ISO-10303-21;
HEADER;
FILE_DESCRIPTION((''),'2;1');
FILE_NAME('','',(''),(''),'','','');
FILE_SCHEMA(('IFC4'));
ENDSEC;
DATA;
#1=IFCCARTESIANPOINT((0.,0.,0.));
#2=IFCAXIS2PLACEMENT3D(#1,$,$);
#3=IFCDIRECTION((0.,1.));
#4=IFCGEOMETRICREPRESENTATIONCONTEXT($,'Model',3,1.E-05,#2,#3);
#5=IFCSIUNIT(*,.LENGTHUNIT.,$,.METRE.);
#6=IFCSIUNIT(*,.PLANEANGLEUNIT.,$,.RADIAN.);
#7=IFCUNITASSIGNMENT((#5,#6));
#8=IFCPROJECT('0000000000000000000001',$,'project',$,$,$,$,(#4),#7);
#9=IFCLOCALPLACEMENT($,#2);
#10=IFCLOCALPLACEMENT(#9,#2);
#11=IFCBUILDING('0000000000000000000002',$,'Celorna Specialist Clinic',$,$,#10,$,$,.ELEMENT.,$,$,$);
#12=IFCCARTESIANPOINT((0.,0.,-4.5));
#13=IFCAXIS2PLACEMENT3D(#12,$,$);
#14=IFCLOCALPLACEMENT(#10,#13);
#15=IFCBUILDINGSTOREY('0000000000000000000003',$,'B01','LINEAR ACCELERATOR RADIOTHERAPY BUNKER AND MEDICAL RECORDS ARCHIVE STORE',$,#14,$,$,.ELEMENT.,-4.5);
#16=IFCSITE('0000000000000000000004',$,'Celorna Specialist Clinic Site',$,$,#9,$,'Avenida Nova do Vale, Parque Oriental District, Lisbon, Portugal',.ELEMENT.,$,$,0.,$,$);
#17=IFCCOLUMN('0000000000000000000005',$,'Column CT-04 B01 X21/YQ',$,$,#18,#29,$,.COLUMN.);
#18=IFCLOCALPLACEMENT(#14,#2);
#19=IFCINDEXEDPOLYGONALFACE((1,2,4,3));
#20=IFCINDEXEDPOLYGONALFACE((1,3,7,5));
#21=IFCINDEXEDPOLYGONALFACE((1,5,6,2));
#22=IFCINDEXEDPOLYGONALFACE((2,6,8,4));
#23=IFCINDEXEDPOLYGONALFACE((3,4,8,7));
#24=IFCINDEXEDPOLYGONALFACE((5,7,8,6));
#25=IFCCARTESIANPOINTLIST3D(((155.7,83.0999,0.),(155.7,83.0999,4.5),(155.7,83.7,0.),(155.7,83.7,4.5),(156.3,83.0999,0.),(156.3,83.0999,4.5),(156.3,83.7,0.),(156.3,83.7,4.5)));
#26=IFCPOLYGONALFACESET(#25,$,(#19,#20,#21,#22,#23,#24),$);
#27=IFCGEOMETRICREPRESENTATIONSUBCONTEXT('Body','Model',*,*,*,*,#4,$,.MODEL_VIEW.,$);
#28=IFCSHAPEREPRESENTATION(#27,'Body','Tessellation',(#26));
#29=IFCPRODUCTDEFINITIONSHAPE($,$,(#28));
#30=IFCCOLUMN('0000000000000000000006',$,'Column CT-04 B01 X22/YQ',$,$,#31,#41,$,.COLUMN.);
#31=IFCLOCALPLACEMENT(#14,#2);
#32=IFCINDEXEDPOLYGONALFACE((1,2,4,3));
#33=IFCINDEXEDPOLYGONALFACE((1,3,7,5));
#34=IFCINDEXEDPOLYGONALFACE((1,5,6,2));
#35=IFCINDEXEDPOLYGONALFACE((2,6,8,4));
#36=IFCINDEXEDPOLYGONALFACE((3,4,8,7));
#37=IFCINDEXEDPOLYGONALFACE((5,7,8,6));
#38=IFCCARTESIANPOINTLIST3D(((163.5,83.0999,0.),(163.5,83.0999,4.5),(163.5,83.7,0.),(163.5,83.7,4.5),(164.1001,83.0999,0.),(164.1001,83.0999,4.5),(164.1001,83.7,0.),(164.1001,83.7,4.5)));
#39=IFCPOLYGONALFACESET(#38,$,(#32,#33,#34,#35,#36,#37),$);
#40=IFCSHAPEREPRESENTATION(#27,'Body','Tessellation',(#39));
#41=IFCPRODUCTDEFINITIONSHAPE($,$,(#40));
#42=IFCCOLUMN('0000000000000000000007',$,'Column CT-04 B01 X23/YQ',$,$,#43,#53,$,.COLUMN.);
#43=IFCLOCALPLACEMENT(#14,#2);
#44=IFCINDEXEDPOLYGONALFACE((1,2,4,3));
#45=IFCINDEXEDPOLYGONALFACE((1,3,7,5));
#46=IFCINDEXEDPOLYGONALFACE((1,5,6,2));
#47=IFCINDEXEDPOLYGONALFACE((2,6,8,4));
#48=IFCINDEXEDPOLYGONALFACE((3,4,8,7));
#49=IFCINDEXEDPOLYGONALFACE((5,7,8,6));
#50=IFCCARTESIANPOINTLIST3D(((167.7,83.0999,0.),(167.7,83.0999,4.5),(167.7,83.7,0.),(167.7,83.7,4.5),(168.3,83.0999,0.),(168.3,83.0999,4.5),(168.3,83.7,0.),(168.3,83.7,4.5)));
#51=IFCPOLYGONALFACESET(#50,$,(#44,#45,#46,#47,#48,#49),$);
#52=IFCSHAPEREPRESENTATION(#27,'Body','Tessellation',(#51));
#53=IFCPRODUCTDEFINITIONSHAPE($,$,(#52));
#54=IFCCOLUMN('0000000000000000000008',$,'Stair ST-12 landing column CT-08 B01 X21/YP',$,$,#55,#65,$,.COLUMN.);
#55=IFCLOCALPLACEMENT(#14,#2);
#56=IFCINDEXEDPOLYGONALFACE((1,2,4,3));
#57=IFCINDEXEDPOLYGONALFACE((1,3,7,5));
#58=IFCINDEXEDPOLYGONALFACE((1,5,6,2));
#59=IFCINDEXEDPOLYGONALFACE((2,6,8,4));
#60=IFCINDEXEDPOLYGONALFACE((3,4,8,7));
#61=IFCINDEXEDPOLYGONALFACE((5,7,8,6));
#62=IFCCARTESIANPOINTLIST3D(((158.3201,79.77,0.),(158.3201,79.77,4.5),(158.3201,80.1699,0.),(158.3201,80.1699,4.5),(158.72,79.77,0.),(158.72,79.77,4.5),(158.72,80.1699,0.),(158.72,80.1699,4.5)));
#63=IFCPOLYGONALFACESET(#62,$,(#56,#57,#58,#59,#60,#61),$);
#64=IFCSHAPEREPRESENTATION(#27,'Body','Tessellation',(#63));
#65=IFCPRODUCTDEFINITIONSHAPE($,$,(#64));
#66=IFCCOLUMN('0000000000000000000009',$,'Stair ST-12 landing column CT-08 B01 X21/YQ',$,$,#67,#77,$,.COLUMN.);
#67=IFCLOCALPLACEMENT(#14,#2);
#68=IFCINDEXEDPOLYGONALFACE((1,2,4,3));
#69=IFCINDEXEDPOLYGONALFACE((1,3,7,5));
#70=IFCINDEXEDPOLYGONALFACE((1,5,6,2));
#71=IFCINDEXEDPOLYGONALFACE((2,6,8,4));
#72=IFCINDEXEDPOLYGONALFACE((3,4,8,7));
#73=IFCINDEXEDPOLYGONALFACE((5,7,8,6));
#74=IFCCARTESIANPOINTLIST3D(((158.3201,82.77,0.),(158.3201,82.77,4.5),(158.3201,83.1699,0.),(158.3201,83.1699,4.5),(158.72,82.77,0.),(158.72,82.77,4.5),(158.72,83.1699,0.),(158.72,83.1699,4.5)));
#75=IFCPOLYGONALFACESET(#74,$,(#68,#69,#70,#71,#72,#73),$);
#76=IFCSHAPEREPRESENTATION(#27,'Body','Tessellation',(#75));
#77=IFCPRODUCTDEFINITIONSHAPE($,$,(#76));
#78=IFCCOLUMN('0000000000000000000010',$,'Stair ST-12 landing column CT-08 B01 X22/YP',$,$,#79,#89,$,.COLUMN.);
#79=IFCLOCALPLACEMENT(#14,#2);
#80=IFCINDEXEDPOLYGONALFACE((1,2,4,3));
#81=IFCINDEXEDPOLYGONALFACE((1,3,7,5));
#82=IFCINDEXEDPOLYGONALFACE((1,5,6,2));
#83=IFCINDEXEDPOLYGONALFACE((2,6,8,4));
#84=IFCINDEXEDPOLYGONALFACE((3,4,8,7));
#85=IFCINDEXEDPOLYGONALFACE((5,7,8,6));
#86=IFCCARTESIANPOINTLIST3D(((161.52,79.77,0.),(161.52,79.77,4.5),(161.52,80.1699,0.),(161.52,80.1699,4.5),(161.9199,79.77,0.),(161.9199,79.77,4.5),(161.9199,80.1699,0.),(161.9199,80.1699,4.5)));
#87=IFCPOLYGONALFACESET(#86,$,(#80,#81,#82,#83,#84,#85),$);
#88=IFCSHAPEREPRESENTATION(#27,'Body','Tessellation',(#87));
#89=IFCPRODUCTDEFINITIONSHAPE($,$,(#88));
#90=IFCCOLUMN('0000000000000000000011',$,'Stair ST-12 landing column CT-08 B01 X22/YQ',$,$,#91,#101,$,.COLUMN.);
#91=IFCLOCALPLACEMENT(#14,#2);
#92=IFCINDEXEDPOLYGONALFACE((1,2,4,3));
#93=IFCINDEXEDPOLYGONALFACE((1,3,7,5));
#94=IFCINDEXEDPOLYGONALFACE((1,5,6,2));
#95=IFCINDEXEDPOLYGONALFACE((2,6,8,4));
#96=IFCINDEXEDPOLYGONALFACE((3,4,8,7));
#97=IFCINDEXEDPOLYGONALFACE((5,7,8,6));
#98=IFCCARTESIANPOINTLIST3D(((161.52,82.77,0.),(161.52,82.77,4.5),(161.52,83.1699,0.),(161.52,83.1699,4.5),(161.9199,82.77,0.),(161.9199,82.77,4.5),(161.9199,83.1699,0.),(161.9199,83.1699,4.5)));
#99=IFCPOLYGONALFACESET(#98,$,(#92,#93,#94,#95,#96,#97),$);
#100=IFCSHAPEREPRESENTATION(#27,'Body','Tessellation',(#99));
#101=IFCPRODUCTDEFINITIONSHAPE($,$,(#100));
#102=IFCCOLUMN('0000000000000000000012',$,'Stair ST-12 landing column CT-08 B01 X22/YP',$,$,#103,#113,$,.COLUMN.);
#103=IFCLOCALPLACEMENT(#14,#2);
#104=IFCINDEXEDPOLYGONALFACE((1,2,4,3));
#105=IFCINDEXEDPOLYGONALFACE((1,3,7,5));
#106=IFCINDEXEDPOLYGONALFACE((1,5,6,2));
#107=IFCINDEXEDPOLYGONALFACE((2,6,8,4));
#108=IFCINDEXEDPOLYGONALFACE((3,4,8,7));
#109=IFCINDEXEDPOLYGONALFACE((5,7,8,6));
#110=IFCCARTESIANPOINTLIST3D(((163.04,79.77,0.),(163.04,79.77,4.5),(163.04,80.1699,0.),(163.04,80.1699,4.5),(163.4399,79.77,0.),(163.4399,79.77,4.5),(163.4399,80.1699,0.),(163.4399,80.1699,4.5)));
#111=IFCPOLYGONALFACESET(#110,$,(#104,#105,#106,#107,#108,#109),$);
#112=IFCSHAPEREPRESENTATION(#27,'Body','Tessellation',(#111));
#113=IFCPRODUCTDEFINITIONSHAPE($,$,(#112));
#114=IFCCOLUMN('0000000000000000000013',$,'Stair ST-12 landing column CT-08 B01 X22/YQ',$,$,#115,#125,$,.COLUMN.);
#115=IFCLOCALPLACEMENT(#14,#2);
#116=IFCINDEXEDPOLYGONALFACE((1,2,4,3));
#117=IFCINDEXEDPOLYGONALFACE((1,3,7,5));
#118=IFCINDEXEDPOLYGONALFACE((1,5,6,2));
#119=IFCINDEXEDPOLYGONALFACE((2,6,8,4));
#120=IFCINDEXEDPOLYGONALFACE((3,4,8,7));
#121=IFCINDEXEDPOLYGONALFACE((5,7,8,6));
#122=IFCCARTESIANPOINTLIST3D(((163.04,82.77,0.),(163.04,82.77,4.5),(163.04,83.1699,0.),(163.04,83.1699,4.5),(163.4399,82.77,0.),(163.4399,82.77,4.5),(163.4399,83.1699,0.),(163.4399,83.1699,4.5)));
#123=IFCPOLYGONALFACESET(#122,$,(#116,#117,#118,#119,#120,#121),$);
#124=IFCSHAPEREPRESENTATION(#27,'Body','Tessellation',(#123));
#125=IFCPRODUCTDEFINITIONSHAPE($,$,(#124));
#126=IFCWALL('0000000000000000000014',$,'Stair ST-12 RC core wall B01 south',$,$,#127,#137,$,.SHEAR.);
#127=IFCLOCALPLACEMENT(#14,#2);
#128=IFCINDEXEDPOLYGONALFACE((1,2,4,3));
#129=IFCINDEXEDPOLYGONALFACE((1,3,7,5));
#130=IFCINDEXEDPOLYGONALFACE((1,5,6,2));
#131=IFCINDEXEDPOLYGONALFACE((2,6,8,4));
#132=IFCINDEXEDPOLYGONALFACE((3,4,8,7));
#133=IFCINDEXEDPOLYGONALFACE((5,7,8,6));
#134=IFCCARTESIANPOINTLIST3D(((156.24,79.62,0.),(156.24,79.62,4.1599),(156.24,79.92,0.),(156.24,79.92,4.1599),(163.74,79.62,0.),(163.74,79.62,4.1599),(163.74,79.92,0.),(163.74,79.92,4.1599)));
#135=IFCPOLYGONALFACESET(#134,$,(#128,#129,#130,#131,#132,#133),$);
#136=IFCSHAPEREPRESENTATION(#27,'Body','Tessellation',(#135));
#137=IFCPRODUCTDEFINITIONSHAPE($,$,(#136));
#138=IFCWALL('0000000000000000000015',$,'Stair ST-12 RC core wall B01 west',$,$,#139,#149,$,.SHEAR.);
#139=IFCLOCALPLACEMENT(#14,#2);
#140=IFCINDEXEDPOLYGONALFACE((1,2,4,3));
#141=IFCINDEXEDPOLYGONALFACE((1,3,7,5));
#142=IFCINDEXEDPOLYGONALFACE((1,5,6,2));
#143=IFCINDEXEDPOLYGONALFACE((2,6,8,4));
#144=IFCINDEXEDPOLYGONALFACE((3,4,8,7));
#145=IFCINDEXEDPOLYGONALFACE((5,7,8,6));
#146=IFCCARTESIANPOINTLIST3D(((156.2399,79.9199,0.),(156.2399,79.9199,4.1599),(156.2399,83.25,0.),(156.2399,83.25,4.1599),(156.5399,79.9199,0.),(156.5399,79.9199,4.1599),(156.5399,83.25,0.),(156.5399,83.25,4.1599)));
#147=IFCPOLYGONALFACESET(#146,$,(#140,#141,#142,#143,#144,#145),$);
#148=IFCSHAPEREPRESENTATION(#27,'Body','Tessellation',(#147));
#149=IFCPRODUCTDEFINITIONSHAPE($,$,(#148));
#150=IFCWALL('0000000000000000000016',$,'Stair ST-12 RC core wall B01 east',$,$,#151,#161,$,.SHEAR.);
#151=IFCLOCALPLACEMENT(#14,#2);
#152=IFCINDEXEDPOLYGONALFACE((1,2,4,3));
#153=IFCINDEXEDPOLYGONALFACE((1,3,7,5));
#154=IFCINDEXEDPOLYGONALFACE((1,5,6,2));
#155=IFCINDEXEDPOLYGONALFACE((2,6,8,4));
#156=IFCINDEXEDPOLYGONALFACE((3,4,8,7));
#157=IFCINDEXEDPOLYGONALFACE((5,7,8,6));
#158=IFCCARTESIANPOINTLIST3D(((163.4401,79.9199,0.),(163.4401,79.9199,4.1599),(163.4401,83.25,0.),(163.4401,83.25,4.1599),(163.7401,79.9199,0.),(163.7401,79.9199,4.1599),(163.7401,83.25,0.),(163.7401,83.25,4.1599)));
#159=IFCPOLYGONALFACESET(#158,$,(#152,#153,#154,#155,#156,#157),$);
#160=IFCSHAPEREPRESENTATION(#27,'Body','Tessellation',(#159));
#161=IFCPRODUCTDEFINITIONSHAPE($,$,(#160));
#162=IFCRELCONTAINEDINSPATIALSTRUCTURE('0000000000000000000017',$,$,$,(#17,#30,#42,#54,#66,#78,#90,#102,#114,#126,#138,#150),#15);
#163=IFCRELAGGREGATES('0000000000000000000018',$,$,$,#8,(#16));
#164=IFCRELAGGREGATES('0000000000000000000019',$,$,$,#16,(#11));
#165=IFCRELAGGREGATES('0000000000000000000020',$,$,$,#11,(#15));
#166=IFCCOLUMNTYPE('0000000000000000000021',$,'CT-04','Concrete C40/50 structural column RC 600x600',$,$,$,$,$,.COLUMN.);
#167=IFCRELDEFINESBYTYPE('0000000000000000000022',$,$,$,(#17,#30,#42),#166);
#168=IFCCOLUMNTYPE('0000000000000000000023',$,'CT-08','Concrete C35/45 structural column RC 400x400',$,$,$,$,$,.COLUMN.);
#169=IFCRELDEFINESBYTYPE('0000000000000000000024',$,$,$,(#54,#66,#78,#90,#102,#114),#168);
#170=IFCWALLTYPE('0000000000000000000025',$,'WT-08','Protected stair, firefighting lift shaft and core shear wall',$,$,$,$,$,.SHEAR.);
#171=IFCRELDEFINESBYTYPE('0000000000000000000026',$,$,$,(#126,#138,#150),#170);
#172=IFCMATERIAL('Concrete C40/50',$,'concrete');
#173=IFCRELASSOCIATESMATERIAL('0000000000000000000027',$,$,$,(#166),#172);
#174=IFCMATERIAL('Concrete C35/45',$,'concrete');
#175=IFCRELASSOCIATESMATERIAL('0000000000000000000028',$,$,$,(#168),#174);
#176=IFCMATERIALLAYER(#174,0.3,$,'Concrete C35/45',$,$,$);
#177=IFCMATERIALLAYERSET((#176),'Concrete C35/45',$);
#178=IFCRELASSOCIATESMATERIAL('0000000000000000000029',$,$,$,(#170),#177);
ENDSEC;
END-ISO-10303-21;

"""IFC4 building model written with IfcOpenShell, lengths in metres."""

from ifc_helpers import new_model, si_unit, direction, frame, frame_2d, origin, origin_2d, place, context, subcontext, project, spatial, rectangle, extrude, material, layer, layer_set, material_profile, profile_set, type_object, element, save


model = new_model("IFC4")

# Units and contexts
model_context = context("Model", 3, precision=1e-05, world=origin(), true_north=direction((0.0, 1.0)))
body_context = subcontext(model_context, "Body", "Model", "MODEL_VIEW")
ifc_project = project(units=[si_unit("LENGTHUNIT", "METRE"), si_unit("PLANEANGLEUNIT", "RADIAN")], contexts=[model_context])

# Site, building, storey
site_placement = place(None, origin())
site = spatial("IfcSite", under=ifc_project, at=site_placement, Name="Celorna Specialist Clinic Site", LongName="Avenida Nova do Vale, Parque Oriental District, Lisbon, Portugal", CompositionType="ELEMENT", RefElevation=0.0)
building_placement = place(site_placement, origin())
building = spatial("IfcBuilding", under=site, at=building_placement, Name="Celorna Specialist Clinic", CompositionType="ELEMENT")
storey_placement = place(building_placement, frame((0.0, 0.0, -4.5)))
storey = spatial("IfcBuildingStorey", under=building, at=storey_placement, Name="B01", Description="LINEAR ACCELERATOR RADIOTHERAPY BUNKER AND MEDICAL RECORDS ARCHIVE STORE", CompositionType="ELEMENT", Elevation=-4.5)

# Shared definitions
ifc_material_1 = material(Name="Concrete C35/45", Category="concrete")

# Columns
ifc_material_2 = material(Name="Concrete C40/50", Category="concrete")
ifc_material_profile_1 = material_profile(ifc_material_2, rectangle(XDim=0.6001, YDim=0.6001, at=origin_2d()), Name="RC 600x600")
ifc_profile_set_1 = profile_set([ifc_material_profile_1], Name="Concrete C40/50")
column_type_1 = type_object("IfcColumnType", Name="CT-04", Description="Concrete C40/50 structural column RC 600x600", PredefinedType="COLUMN", material=ifc_profile_set_1)
for number, where, z_axis, x_axis, name in (
    (1, (156.0, 83.3999, 0.0), (0.0, 0.0, 1.0), (1.0, 0.0, 0.0), "Column CT-04 B01 X21/YQ"),
    (2, (163.8, 83.3999, 0.0), (0.0, 0.0, 1.0), (1.0, 0.0, 0.0), "Column CT-04 B01 X22/YQ"),
    (3, (168.0, 83.3999, 0.0), (0.0, 0.0, 1.0), (1.0, 0.0, 0.0), "Column CT-04 B01 X23/YQ"),
):
    element("IfcColumn", number, at=place(storey_placement, frame(where, z_axis=z_axis, x_axis=x_axis)), inside=storey, type_object=column_type_1, Name=name, PredefinedType="COLUMN", context=body_context, shape_type="SweptSolid", body=[
        extrude(rectangle(XDim=0.6001, YDim=0.6001, at=origin_2d()), origin(), (0.0, 0.0, 1.0), 4.5),
    ])
ifc_material_profile_2 = material_profile(ifc_material_1, rectangle(XDim=0.3999, YDim=0.3999, at=origin_2d()), Name="RC 400x400")
ifc_profile_set_2 = profile_set([ifc_material_profile_2], Name="Concrete C35/45")
column_type_2 = type_object("IfcColumnType", Name="CT-08", Description="Concrete C35/45 structural column RC 400x400", PredefinedType="COLUMN", material=ifc_profile_set_2)
for number, where, z_axis, x_axis, name in (
    (4, (158.52, 79.97, 0.0), (0.0, 0.0, 1.0), (1.0, 0.0, 0.0), "Stair ST-12 landing column CT-08 B01 X21/YP"),
    (5, (158.52, 82.97, 0.0), (0.0, 0.0, 1.0), (1.0, 0.0, 0.0), "Stair ST-12 landing column CT-08 B01 X21/YQ"),
    (6, (161.72, 79.97, 0.0), (0.0, 0.0, 1.0), (1.0, 0.0, 0.0), "Stair ST-12 landing column CT-08 B01 X22/YP"),
    (7, (161.72, 82.97, 0.0), (0.0, 0.0, 1.0), (1.0, 0.0, 0.0), "Stair ST-12 landing column CT-08 B01 X22/YQ"),
    (8, (163.24, 79.97, 0.0), (0.0, 0.0, 1.0), (1.0, 0.0, 0.0), "Stair ST-12 landing column CT-08 B01 X22/YP"),
    (9, (163.24, 82.97, 0.0), (0.0, 0.0, 1.0), (1.0, 0.0, 0.0), "Stair ST-12 landing column CT-08 B01 X22/YQ"),
):
    element("IfcColumn", number, at=place(storey_placement, frame(where, z_axis=z_axis, x_axis=x_axis)), inside=storey, type_object=column_type_2, Name=name, PredefinedType="COLUMN", context=body_context, shape_type="SweptSolid", body=[
        extrude(rectangle(XDim=0.3999, YDim=0.3999, at=origin_2d()), origin(), (0.0, 0.0, 1.0), 4.5),
    ])

# Walls
ifc_layer = layer(ifc_material_1, 0.3, Name="Concrete C35/45")
ifc_layer_set = layer_set([ifc_layer], Name="Concrete C35/45")
wall_type = type_object("IfcWallType", Name="WT-08", Description="Protected stair, firefighting lift shaft and core shear wall", PredefinedType="SHEAR", material=ifc_layer_set)
wall_placement = place(storey_placement, frame((156.24, 79.77, 0.0), z_axis=(0.0, 0.0, 1.0), x_axis=(1.0, 0.0, 0.0)))
element("IfcWall", 10, at=wall_placement, inside=storey, type_object=wall_type, Name="Stair ST-12 RC core wall B01 south", PredefinedType="SHEAR", context=body_context, shape_type="SweptSolid", body=[
    extrude(rectangle(XDim=7.5, YDim=0.3, at=frame_2d((3.75, 0.0))), origin(), (0.0, 0.0, 1.0), 4.1599),
])
for number, where, z_axis, x_axis, name in (
    (11, (156.3899, 83.25, 0.0), (0.0, 0.0, 1.0), (0.0, -1.0, 0.0), "Stair ST-12 RC core wall B01 west"),
    (12, (163.5901, 79.9199, 0.0), (0.0, 0.0, 1.0), (0.0, 1.0, 0.0), "Stair ST-12 RC core wall B01 east"),
):
    element("IfcWall", number, at=place(storey_placement, frame(where, z_axis=z_axis, x_axis=x_axis)), inside=storey, type_object=wall_type, Name=name, PredefinedType="SHEAR", context=body_context, shape_type="SweptSolid", body=[
        extrude(rectangle(XDim=3.3301, YDim=0.3, at=frame_2d((1.665, 0.0))), origin(), (0.0, 0.0, 1.0), 4.1599),
    ])

save(model, "model.ifc")
